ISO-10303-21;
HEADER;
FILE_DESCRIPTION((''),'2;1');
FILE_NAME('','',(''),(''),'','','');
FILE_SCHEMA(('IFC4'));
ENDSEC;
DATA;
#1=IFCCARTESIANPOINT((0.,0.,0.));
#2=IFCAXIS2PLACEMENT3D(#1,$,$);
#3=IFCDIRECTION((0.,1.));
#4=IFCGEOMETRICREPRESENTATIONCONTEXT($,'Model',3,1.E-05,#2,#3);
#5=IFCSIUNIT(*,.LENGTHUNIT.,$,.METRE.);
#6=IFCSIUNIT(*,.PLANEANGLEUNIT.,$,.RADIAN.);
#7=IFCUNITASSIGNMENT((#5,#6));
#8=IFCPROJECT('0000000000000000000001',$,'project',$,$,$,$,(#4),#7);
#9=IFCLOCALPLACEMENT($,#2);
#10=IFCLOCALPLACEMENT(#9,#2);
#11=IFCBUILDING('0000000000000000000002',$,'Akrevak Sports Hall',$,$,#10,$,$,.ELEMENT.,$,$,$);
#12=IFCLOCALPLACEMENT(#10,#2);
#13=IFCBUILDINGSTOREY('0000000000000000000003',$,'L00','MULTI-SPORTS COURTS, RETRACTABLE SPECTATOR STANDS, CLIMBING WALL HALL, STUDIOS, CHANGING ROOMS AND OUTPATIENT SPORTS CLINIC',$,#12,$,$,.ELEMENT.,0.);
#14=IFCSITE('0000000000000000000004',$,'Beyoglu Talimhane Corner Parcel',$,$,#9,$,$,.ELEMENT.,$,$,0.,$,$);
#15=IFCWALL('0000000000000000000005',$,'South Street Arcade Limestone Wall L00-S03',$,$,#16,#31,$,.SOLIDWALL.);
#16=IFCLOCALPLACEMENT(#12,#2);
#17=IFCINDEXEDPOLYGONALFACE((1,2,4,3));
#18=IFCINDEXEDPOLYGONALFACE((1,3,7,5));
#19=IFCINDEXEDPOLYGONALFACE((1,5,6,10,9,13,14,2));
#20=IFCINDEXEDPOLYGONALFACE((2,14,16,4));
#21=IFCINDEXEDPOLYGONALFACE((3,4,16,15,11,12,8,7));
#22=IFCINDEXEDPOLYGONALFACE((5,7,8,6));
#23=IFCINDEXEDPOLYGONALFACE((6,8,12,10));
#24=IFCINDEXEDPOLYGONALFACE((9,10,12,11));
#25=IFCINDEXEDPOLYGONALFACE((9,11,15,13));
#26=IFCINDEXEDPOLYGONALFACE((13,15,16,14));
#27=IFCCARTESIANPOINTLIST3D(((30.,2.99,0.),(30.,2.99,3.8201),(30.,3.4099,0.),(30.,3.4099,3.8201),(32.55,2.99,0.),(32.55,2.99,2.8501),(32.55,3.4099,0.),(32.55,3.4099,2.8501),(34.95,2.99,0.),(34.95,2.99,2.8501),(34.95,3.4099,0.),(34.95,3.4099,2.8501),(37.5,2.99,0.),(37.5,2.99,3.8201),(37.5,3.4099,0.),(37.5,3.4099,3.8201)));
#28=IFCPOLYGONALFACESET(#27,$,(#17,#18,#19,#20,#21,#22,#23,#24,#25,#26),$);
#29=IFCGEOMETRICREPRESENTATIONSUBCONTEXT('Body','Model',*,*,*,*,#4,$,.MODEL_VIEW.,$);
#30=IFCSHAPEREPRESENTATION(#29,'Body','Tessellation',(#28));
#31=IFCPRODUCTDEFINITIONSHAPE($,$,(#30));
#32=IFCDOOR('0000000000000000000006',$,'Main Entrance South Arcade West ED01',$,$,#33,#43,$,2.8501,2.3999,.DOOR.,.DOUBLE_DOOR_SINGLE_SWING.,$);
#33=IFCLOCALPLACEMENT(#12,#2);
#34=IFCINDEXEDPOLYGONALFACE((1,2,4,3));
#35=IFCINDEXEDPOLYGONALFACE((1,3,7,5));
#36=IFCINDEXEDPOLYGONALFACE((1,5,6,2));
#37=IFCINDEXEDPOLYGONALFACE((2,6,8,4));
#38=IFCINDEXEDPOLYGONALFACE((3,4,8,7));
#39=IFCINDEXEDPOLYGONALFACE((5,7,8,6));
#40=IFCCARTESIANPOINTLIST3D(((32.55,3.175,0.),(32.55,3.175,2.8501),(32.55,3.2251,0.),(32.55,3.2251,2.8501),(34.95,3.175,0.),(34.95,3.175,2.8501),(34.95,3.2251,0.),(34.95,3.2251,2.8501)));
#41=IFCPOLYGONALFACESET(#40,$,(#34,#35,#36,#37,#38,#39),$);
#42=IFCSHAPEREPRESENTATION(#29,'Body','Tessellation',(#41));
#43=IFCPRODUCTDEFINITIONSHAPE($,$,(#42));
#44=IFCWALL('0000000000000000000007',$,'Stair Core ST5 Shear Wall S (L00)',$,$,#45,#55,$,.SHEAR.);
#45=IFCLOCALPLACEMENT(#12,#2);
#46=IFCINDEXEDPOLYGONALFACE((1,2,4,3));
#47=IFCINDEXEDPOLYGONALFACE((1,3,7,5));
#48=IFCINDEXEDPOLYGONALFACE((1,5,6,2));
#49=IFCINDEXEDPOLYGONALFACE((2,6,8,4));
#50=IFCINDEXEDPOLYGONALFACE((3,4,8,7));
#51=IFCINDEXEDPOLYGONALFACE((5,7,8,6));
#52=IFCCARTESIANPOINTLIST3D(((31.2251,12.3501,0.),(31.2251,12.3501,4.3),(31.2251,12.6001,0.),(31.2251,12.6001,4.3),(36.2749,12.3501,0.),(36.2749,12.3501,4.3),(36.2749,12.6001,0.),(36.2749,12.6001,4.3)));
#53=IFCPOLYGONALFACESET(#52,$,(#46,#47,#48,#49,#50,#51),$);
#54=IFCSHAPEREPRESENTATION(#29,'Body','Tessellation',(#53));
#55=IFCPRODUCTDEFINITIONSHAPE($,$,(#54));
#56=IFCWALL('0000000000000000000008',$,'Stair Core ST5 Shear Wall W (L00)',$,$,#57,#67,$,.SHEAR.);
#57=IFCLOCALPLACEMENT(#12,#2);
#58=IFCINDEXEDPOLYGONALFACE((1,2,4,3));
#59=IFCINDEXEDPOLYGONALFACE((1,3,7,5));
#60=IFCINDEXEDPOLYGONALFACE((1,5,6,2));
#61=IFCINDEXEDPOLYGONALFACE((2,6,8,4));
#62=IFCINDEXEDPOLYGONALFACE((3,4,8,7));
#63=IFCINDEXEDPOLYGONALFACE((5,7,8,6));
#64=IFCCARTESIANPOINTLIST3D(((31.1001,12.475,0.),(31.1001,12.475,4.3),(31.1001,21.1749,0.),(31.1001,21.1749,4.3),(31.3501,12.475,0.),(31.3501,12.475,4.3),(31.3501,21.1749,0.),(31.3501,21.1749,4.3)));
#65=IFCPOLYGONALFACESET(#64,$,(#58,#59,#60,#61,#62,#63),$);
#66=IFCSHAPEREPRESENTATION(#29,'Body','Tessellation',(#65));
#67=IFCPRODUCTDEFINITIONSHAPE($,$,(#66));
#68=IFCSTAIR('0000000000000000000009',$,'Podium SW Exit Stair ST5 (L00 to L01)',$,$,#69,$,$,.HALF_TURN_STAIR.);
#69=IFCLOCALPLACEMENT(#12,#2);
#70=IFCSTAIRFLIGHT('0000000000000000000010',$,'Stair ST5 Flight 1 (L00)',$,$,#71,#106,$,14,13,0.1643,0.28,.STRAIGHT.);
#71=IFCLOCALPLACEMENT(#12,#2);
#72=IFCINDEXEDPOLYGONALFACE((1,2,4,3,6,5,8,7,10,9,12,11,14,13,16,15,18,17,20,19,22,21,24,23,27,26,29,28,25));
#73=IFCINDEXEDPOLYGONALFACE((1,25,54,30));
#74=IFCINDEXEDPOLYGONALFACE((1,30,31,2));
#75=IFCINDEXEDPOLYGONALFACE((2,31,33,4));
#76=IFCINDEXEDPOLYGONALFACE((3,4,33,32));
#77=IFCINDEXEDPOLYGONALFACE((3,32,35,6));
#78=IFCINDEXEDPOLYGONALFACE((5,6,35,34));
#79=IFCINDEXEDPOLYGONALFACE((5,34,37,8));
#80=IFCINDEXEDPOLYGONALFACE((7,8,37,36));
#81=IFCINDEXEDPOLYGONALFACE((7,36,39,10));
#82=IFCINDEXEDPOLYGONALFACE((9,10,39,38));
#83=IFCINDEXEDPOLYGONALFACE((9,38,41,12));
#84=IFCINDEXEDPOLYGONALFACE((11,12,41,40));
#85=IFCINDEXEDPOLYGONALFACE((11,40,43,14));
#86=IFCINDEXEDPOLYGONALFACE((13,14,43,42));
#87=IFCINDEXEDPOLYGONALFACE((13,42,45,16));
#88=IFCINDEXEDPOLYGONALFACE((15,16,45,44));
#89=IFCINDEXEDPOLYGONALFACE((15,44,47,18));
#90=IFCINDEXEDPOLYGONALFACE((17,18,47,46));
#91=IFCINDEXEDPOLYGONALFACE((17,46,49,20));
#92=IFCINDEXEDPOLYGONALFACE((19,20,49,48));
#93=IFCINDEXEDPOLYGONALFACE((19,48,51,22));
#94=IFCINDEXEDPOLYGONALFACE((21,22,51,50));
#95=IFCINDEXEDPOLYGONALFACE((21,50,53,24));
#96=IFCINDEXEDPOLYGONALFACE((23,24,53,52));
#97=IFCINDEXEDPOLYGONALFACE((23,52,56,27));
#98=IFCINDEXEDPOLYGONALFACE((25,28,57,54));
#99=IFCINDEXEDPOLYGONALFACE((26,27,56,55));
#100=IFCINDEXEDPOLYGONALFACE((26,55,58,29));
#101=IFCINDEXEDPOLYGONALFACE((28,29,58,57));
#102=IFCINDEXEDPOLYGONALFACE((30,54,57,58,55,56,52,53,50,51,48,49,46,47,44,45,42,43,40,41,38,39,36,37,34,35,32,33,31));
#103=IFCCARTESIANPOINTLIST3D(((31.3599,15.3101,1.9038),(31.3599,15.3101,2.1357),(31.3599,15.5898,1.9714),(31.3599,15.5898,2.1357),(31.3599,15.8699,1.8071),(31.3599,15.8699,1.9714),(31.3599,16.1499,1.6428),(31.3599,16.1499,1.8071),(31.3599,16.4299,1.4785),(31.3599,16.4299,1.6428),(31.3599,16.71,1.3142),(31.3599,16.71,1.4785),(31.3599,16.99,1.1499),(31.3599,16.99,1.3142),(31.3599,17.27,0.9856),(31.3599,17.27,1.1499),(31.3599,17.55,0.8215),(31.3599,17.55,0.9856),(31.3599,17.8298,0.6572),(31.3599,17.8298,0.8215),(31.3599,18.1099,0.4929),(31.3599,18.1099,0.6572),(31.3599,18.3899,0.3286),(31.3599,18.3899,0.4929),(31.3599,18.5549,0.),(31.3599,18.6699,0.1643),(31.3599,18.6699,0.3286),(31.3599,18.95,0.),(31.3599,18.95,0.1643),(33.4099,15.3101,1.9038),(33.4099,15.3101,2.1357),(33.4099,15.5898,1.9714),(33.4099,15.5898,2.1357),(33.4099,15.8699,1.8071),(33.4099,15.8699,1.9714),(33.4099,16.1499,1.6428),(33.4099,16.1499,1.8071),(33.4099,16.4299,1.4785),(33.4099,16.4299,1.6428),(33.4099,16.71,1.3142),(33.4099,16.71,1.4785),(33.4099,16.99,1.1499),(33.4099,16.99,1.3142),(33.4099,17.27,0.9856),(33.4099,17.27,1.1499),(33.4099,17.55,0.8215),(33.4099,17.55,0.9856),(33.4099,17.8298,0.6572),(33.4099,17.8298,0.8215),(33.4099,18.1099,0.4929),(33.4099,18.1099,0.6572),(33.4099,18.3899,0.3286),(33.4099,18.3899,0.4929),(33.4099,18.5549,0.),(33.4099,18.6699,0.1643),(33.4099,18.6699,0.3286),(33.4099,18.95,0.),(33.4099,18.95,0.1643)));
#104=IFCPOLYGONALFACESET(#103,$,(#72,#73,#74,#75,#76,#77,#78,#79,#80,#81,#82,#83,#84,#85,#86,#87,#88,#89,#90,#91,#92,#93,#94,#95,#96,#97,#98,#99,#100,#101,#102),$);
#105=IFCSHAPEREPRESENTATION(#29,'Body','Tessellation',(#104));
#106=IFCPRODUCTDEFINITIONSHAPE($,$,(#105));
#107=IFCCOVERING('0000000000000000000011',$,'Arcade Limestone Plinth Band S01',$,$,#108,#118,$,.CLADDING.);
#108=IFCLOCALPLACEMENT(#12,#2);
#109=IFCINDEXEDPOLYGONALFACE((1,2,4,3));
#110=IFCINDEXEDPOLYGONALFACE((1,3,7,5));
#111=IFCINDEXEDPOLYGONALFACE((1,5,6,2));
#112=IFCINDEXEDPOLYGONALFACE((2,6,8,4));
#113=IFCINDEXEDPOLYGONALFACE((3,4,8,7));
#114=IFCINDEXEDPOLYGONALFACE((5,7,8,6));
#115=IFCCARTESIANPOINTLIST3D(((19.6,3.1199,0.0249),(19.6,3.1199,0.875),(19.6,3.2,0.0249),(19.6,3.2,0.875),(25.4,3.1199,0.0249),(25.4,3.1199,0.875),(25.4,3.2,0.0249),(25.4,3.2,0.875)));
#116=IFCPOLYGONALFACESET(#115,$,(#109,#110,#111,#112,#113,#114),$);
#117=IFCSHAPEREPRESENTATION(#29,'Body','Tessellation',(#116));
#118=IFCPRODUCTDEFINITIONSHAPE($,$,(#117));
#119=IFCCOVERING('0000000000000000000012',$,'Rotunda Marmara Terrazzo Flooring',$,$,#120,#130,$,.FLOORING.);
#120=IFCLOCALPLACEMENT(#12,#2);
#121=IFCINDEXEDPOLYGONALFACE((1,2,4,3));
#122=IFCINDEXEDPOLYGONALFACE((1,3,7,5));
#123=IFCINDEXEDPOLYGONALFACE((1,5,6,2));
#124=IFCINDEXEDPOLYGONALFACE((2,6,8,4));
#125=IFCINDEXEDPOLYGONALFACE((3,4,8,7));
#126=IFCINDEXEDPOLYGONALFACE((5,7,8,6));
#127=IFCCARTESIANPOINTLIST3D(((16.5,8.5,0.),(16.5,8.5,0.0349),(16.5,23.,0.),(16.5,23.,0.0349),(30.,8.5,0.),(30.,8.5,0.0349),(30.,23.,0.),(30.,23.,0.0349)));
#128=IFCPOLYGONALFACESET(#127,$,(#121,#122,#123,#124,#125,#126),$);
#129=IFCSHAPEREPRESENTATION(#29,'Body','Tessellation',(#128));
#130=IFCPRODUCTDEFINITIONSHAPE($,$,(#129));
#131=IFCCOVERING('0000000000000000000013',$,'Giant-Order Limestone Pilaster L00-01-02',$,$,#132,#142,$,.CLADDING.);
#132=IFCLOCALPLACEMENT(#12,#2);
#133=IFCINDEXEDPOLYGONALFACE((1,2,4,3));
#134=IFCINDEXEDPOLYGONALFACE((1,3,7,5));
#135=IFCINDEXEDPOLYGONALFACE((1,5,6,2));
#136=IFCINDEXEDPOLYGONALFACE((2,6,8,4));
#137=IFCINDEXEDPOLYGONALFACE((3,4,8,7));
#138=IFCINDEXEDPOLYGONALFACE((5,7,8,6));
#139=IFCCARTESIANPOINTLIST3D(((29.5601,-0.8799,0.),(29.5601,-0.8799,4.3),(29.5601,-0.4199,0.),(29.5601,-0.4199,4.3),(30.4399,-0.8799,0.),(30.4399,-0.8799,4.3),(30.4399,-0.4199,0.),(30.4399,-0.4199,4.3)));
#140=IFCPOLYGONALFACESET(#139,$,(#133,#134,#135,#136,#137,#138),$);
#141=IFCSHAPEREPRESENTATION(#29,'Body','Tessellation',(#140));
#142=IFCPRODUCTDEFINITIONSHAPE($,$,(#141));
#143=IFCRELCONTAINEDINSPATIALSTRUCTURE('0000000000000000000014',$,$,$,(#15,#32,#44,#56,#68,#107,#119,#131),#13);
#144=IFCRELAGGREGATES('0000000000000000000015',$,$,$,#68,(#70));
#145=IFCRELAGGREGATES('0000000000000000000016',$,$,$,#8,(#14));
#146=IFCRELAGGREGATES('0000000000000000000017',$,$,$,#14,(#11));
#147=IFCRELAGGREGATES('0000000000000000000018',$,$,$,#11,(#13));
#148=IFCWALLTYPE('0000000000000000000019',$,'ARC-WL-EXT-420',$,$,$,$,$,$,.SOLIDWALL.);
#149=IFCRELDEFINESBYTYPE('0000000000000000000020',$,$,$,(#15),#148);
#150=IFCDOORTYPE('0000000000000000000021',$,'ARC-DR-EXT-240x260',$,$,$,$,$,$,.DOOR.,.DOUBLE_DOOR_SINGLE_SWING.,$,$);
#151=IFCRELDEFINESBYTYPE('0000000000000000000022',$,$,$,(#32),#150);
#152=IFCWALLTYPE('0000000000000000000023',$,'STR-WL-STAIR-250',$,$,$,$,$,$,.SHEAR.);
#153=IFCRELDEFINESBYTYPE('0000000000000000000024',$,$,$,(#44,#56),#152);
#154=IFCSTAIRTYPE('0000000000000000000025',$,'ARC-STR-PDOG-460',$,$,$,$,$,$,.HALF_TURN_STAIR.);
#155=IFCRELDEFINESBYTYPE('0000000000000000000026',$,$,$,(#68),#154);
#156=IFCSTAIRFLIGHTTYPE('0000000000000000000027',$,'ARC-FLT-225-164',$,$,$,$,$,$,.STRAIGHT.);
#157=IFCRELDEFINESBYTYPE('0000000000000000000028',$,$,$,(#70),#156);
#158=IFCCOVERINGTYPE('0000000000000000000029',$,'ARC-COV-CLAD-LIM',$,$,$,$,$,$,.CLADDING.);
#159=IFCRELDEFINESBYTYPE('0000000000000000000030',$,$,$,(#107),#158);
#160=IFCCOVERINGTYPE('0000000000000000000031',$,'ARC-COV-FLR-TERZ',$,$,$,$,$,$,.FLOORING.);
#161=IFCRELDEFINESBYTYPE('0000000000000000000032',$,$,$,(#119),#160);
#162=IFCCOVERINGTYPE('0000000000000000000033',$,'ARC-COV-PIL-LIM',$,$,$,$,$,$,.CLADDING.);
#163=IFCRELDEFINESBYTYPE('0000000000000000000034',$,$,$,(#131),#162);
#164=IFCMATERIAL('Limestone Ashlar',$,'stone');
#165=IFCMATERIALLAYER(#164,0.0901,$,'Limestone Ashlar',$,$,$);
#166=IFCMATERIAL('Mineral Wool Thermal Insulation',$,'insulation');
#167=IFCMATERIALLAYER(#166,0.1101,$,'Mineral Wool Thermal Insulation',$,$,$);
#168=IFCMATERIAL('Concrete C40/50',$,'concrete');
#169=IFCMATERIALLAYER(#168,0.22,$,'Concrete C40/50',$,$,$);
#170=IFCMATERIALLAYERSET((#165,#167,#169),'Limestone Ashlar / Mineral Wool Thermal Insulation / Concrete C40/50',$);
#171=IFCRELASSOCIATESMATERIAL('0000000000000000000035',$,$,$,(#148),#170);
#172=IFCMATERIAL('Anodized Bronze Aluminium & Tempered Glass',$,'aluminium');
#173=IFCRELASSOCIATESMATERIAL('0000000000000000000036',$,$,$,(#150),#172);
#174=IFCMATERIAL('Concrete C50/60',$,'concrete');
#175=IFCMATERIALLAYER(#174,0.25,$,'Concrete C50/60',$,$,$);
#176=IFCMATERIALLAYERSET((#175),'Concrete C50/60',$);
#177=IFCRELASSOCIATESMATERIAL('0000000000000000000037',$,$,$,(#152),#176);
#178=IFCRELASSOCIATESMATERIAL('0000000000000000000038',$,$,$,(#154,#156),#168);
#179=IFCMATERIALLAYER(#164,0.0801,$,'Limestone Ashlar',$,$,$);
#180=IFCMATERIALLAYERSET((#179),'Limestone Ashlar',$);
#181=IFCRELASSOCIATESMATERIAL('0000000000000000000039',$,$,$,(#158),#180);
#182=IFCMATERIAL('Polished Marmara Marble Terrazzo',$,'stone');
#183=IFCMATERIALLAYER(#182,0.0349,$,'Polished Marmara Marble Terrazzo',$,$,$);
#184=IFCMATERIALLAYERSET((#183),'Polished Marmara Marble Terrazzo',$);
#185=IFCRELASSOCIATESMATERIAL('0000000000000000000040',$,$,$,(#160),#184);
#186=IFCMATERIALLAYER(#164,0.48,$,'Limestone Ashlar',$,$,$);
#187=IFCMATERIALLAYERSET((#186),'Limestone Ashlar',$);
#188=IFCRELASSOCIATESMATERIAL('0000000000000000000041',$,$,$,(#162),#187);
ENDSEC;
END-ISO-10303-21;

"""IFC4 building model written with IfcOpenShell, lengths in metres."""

from ifc_helpers import new_model, si_unit, direction, frame, frame_2d, origin, origin_2d, place, context, subcontext, project, spatial, polyline, rectangle, outline, extrude, material, layer, layer_set, type_object, element, fill, aggregate, save


model = new_model("IFC4")

# Units and contexts
model_context = context("Model", 3, precision=1e-05, world=origin(), true_north=direction((0.0, 1.0)))
body_context = subcontext(model_context, "Body", "Model", "MODEL_VIEW")
ifc_project = project(units=[si_unit("LENGTHUNIT", "METRE"), si_unit("PLANEANGLEUNIT", "RADIAN")], contexts=[model_context])

# Site, building, storey
site_placement = place(None, origin())
site = spatial("IfcSite", under=ifc_project, at=site_placement, Name="Beyoglu Talimhane Corner Parcel", CompositionType="ELEMENT", RefElevation=0.0)
building_placement = place(site_placement, origin())
building = spatial("IfcBuilding", under=site, at=building_placement, Name="Akrevak Sports Hall", CompositionType="ELEMENT")
storey_placement = place(building_placement, origin())
storey = spatial("IfcBuildingStorey", under=building, at=storey_placement, Name="L00", Description="MULTI-SPORTS COURTS, RETRACTABLE SPECTATOR STANDS, CLIMBING WALL HALL, STUDIOS, CHANGING ROOMS AND OUTPATIENT SPORTS CLINIC", CompositionType="ELEMENT", Elevation=0.0)

# Shared definitions
ifc_material_1 = material(Name="Concrete C50/60", Category="concrete")
ifc_material_2 = material(Name="Concrete C40/50", Category="concrete")

# Shared definitions
ifc_material_3 = material(Name="Limestone Ashlar", Category="stone")
ifc_layer_1 = layer(ifc_material_3, 0.0901, Name="Limestone Ashlar")
ifc_material_4 = material(Name="Mineral Wool Thermal Insulation", Category="insulation")
ifc_layer_2 = layer(ifc_material_4, 0.1101, Name="Mineral Wool Thermal Insulation")
ifc_layer_3 = layer(ifc_material_2, 0.22, Name="Concrete C40/50")
ifc_layer_set_1 = layer_set([ifc_layer_1, ifc_layer_2, ifc_layer_3], Name="Limestone Ashlar / Mineral Wool Thermal Insulation / Concrete C40/50")
wall_type_1 = type_object("IfcWallType", Name="ARC-WL-EXT-420", PredefinedType="SOLIDWALL", material=ifc_layer_set_1)
ifc_material_5 = material(Name="Anodized Bronze Aluminium & Tempered Glass", Category="aluminium")
door_type = type_object("IfcDoorType", Name="ARC-DR-EXT-240x260", OperationType="DOUBLE_DOOR_SINGLE_SWING", PredefinedType="DOOR", material=ifc_material_5)

# Wall, opening, door
wall_1_placement = place(storey_placement, frame((30.0, 3.2, 0.0), z_axis=(0.0, 0.0, 1.0), x_axis=(1.0, 0.0, 0.0)))
wall_1 = element("IfcWall", 1, at=wall_1_placement, inside=storey, type_object=wall_type_1, Name="South Street Arcade Limestone Wall L00-S03", PredefinedType="SOLIDWALL", context=body_context, shape_type="SweptSolid", body=[
    extrude(rectangle(XDim=7.5, YDim=0.4199, at=frame_2d((3.75, 0.0))), origin(), (0.0, 0.0, 1.0), 3.8201),
])
opening_1_placement = place(wall_1_placement, frame((2.55, 0.0, 0.0)))
opening_1 = element("IfcOpeningElement", 2, at=opening_1_placement, cuts=wall_1, PredefinedType="OPENING", context=body_context, shape_type="SweptSolid", body=[
    extrude(rectangle(XDim=2.3999, YDim=2.8501, at=frame_2d((1.2, 1.425))), frame((0.0, 0.2219, 0.0), z_axis=(0.0, -1.0, 0.0), x_axis=(1.0, 0.0, 0.0)), (0.0, 0.0, 1.0), 0.4438),
])
door_1_placement = place(opening_1_placement, frame((2.3999, 0.0, 0.0), z_axis=(0.0, 0.0, 1.0), x_axis=(-1.0, 0.0, 0.0)))
door_1 = element("IfcDoor", 3, at=door_1_placement, inside=storey, type_object=door_type, Name="Main Entrance South Arcade West ED01", OperationType="DOUBLE_DOOR_SINGLE_SWING", OverallHeight=2.8501, OverallWidth=2.3999, PredefinedType="DOOR", context=body_context, shape_type="SweptSolid", body=[
    extrude(rectangle(XDim=2.3999, YDim=2.8501, at=frame_2d((1.2, 1.425))), frame((0.0, 0.0249, 0.0), z_axis=(0.0, -1.0, 0.0), x_axis=(1.0, 0.0, 0.0)), (0.0, 0.0, 1.0), 0.05),
])
fill(opening_1, door_1)

# Walls
ifc_layer_4 = layer(ifc_material_1, 0.25, Name="Concrete C50/60")
ifc_layer_set_2 = layer_set([ifc_layer_4], Name="Concrete C50/60")
wall_type_2 = type_object("IfcWallType", Name="STR-WL-STAIR-250", PredefinedType="SHEAR", material=ifc_layer_set_2)
wall_2_placement = place(storey_placement, frame((31.2251, 12.4751, 0.0), z_axis=(0.0, 0.0, 1.0), x_axis=(1.0, 0.0, 0.0)))
element("IfcWall", 4, at=wall_2_placement, inside=storey, type_object=wall_type_2, Name="Stair Core ST5 Shear Wall S (L00)", PredefinedType="SHEAR", context=body_context, shape_type="SweptSolid", body=[
    extrude(rectangle(XDim=5.0498, YDim=0.25, at=frame_2d((2.5249, 0.0))), origin(), (0.0, 0.0, 1.0), 4.3),
])
wall_3_placement = place(storey_placement, frame((31.2251, 21.175, 0.0), z_axis=(0.0, 0.0, 1.0), x_axis=(0.0, -1.0, 0.0)))
element("IfcWall", 5, at=wall_3_placement, inside=storey, type_object=wall_type_2, Name="Stair Core ST5 Shear Wall W (L00)", PredefinedType="SHEAR", context=body_context, shape_type="SweptSolid", body=[
    extrude(rectangle(XDim=8.7, YDim=0.25, at=frame_2d((4.3501, 0.0))), origin(), (0.0, 0.0, 1.0), 4.3),
])

# Stair, stair flight
stair_type = type_object("IfcStairType", Name="ARC-STR-PDOG-460", PredefinedType="HALF_TURN_STAIR", material=ifc_material_2)
stair_placement = place(storey_placement, origin())
stair = element("IfcStair", 6, at=stair_placement, inside=storey, type_object=stair_type, Name="Podium SW Exit Stair ST5 (L00 to L01)", PredefinedType="HALF_TURN_STAIR")
stair_flight_type = type_object("IfcStairFlightType", Name="ARC-FLT-225-164", PredefinedType="STRAIGHT", material=ifc_material_2)
stair_flight_placement = place(storey_placement, frame((32.385, 18.95, 0.0), z_axis=(0.0, 0.0, 1.0), x_axis=(0.0, -1.0, 0.0)))
stair_flight = element("IfcStairFlight", 7, at=stair_flight_placement, type_object=stair_flight_type, Name="Stair ST5 Flight 1 (L00)", NumberOfRisers=14, NumberOfTreads=13, PredefinedType="STRAIGHT", RiserHeight=0.1643, TreadLength=0.28, context=body_context, shape_type="SweptSolid", body=[
    extrude(outline(polyline([(0.0, 0.0), (0.0, 0.1643), (0.28, 0.1643), (0.28, 0.3286), (0.5601, 0.3286), (0.5601, 0.4929), (0.8401, 0.4929), (0.8401, 0.6572), (1.1201, 0.6572), (1.1201, 0.8215), (1.3999, 0.8215), (1.3999, 0.9856), (1.6799, 0.9856), (1.6799, 1.1499), (1.96, 1.1499), (1.96, 1.3142), (2.24, 1.3142), (2.24, 1.4785), (2.52, 1.4785), (2.52, 1.6428), (2.8, 1.6428), (2.8, 1.8071), (3.0801, 1.8071), (3.0801, 1.9714), (3.3601, 1.9714), (3.3601, 2.1357), (3.6399, 2.1357), (3.6399, 2.3), (3.6399, 1.9038), (0.395, 0.0), (0.0, 0.0)])), frame((0.0, 1.0249, 0.0), z_axis=(0.0, -1.0, 0.0), x_axis=(1.0, 0.0, 0.0)), (0.0, 0.0, 1.0), 2.05),
])
aggregate(stair, [stair_flight])

# Coverings
ifc_layer_5 = layer(ifc_material_3, 0.0801, Name="Limestone Ashlar")
ifc_layer_set_3 = layer_set([ifc_layer_5], Name="Limestone Ashlar")
covering_type_1 = type_object("IfcCoveringType", Name="ARC-COV-CLAD-LIM", PredefinedType="CLADDING", material=ifc_layer_set_3)
covering_1_placement = place(storey_placement, frame((22.5, 3.1599, 0.0249), z_axis=(0.0, 0.0, 1.0), x_axis=(1.0, 0.0, 0.0)))
element("IfcCovering", 8, at=covering_1_placement, inside=storey, type_object=covering_type_1, Name="Arcade Limestone Plinth Band S01", PredefinedType="CLADDING", context=body_context, shape_type="SweptSolid", body=[
    extrude(rectangle(XDim=5.8, YDim=0.0801, at=origin_2d()), origin(), (0.0, 0.0, 1.0), 0.8501),
])
ifc_material_6 = material(Name="Polished Marmara Marble Terrazzo", Category="stone")
ifc_layer_6 = layer(ifc_material_6, 0.0349, Name="Polished Marmara Marble Terrazzo")
ifc_layer_set_4 = layer_set([ifc_layer_6], Name="Polished Marmara Marble Terrazzo")
covering_type_2 = type_object("IfcCoveringType", Name="ARC-COV-FLR-TERZ", PredefinedType="FLOORING", material=ifc_layer_set_4)
covering_2_placement = place(storey_placement, frame((23.25, 15.75, 0.0), z_axis=(0.0, 0.0, 1.0), x_axis=(1.0, 0.0, 0.0)))
element("IfcCovering", 9, at=covering_2_placement, inside=storey, type_object=covering_type_2, Name="Rotunda Marmara Terrazzo Flooring", PredefinedType="FLOORING", context=body_context, shape_type="SweptSolid", body=[
    extrude(rectangle(XDim=13.5, YDim=14.5, at=origin_2d()), origin(), (0.0, 0.0, 1.0), 0.0349),
])
ifc_layer_7 = layer(ifc_material_3, 0.48, Name="Limestone Ashlar")
ifc_layer_set_5 = layer_set([ifc_layer_7], Name="Limestone Ashlar")
covering_type_3 = type_object("IfcCoveringType", Name="ARC-COV-PIL-LIM", PredefinedType="CLADDING", material=ifc_layer_set_5)
covering_3_placement = place(storey_placement, frame((30.0, -0.6499, 0.0), z_axis=(0.0, 0.0, 1.0), x_axis=(1.0, 0.0, 0.0)))
element("IfcCovering", 10, at=covering_3_placement, inside=storey, type_object=covering_type_3, Name="Giant-Order Limestone Pilaster L00-01-02", PredefinedType="CLADDING", context=body_context, shape_type="SweptSolid", body=[
    extrude(rectangle(XDim=0.8799, YDim=0.46, at=origin_2d()), origin(), (0.0, 0.0, 1.0), 4.3),
])

save(model, "model.ifc")
